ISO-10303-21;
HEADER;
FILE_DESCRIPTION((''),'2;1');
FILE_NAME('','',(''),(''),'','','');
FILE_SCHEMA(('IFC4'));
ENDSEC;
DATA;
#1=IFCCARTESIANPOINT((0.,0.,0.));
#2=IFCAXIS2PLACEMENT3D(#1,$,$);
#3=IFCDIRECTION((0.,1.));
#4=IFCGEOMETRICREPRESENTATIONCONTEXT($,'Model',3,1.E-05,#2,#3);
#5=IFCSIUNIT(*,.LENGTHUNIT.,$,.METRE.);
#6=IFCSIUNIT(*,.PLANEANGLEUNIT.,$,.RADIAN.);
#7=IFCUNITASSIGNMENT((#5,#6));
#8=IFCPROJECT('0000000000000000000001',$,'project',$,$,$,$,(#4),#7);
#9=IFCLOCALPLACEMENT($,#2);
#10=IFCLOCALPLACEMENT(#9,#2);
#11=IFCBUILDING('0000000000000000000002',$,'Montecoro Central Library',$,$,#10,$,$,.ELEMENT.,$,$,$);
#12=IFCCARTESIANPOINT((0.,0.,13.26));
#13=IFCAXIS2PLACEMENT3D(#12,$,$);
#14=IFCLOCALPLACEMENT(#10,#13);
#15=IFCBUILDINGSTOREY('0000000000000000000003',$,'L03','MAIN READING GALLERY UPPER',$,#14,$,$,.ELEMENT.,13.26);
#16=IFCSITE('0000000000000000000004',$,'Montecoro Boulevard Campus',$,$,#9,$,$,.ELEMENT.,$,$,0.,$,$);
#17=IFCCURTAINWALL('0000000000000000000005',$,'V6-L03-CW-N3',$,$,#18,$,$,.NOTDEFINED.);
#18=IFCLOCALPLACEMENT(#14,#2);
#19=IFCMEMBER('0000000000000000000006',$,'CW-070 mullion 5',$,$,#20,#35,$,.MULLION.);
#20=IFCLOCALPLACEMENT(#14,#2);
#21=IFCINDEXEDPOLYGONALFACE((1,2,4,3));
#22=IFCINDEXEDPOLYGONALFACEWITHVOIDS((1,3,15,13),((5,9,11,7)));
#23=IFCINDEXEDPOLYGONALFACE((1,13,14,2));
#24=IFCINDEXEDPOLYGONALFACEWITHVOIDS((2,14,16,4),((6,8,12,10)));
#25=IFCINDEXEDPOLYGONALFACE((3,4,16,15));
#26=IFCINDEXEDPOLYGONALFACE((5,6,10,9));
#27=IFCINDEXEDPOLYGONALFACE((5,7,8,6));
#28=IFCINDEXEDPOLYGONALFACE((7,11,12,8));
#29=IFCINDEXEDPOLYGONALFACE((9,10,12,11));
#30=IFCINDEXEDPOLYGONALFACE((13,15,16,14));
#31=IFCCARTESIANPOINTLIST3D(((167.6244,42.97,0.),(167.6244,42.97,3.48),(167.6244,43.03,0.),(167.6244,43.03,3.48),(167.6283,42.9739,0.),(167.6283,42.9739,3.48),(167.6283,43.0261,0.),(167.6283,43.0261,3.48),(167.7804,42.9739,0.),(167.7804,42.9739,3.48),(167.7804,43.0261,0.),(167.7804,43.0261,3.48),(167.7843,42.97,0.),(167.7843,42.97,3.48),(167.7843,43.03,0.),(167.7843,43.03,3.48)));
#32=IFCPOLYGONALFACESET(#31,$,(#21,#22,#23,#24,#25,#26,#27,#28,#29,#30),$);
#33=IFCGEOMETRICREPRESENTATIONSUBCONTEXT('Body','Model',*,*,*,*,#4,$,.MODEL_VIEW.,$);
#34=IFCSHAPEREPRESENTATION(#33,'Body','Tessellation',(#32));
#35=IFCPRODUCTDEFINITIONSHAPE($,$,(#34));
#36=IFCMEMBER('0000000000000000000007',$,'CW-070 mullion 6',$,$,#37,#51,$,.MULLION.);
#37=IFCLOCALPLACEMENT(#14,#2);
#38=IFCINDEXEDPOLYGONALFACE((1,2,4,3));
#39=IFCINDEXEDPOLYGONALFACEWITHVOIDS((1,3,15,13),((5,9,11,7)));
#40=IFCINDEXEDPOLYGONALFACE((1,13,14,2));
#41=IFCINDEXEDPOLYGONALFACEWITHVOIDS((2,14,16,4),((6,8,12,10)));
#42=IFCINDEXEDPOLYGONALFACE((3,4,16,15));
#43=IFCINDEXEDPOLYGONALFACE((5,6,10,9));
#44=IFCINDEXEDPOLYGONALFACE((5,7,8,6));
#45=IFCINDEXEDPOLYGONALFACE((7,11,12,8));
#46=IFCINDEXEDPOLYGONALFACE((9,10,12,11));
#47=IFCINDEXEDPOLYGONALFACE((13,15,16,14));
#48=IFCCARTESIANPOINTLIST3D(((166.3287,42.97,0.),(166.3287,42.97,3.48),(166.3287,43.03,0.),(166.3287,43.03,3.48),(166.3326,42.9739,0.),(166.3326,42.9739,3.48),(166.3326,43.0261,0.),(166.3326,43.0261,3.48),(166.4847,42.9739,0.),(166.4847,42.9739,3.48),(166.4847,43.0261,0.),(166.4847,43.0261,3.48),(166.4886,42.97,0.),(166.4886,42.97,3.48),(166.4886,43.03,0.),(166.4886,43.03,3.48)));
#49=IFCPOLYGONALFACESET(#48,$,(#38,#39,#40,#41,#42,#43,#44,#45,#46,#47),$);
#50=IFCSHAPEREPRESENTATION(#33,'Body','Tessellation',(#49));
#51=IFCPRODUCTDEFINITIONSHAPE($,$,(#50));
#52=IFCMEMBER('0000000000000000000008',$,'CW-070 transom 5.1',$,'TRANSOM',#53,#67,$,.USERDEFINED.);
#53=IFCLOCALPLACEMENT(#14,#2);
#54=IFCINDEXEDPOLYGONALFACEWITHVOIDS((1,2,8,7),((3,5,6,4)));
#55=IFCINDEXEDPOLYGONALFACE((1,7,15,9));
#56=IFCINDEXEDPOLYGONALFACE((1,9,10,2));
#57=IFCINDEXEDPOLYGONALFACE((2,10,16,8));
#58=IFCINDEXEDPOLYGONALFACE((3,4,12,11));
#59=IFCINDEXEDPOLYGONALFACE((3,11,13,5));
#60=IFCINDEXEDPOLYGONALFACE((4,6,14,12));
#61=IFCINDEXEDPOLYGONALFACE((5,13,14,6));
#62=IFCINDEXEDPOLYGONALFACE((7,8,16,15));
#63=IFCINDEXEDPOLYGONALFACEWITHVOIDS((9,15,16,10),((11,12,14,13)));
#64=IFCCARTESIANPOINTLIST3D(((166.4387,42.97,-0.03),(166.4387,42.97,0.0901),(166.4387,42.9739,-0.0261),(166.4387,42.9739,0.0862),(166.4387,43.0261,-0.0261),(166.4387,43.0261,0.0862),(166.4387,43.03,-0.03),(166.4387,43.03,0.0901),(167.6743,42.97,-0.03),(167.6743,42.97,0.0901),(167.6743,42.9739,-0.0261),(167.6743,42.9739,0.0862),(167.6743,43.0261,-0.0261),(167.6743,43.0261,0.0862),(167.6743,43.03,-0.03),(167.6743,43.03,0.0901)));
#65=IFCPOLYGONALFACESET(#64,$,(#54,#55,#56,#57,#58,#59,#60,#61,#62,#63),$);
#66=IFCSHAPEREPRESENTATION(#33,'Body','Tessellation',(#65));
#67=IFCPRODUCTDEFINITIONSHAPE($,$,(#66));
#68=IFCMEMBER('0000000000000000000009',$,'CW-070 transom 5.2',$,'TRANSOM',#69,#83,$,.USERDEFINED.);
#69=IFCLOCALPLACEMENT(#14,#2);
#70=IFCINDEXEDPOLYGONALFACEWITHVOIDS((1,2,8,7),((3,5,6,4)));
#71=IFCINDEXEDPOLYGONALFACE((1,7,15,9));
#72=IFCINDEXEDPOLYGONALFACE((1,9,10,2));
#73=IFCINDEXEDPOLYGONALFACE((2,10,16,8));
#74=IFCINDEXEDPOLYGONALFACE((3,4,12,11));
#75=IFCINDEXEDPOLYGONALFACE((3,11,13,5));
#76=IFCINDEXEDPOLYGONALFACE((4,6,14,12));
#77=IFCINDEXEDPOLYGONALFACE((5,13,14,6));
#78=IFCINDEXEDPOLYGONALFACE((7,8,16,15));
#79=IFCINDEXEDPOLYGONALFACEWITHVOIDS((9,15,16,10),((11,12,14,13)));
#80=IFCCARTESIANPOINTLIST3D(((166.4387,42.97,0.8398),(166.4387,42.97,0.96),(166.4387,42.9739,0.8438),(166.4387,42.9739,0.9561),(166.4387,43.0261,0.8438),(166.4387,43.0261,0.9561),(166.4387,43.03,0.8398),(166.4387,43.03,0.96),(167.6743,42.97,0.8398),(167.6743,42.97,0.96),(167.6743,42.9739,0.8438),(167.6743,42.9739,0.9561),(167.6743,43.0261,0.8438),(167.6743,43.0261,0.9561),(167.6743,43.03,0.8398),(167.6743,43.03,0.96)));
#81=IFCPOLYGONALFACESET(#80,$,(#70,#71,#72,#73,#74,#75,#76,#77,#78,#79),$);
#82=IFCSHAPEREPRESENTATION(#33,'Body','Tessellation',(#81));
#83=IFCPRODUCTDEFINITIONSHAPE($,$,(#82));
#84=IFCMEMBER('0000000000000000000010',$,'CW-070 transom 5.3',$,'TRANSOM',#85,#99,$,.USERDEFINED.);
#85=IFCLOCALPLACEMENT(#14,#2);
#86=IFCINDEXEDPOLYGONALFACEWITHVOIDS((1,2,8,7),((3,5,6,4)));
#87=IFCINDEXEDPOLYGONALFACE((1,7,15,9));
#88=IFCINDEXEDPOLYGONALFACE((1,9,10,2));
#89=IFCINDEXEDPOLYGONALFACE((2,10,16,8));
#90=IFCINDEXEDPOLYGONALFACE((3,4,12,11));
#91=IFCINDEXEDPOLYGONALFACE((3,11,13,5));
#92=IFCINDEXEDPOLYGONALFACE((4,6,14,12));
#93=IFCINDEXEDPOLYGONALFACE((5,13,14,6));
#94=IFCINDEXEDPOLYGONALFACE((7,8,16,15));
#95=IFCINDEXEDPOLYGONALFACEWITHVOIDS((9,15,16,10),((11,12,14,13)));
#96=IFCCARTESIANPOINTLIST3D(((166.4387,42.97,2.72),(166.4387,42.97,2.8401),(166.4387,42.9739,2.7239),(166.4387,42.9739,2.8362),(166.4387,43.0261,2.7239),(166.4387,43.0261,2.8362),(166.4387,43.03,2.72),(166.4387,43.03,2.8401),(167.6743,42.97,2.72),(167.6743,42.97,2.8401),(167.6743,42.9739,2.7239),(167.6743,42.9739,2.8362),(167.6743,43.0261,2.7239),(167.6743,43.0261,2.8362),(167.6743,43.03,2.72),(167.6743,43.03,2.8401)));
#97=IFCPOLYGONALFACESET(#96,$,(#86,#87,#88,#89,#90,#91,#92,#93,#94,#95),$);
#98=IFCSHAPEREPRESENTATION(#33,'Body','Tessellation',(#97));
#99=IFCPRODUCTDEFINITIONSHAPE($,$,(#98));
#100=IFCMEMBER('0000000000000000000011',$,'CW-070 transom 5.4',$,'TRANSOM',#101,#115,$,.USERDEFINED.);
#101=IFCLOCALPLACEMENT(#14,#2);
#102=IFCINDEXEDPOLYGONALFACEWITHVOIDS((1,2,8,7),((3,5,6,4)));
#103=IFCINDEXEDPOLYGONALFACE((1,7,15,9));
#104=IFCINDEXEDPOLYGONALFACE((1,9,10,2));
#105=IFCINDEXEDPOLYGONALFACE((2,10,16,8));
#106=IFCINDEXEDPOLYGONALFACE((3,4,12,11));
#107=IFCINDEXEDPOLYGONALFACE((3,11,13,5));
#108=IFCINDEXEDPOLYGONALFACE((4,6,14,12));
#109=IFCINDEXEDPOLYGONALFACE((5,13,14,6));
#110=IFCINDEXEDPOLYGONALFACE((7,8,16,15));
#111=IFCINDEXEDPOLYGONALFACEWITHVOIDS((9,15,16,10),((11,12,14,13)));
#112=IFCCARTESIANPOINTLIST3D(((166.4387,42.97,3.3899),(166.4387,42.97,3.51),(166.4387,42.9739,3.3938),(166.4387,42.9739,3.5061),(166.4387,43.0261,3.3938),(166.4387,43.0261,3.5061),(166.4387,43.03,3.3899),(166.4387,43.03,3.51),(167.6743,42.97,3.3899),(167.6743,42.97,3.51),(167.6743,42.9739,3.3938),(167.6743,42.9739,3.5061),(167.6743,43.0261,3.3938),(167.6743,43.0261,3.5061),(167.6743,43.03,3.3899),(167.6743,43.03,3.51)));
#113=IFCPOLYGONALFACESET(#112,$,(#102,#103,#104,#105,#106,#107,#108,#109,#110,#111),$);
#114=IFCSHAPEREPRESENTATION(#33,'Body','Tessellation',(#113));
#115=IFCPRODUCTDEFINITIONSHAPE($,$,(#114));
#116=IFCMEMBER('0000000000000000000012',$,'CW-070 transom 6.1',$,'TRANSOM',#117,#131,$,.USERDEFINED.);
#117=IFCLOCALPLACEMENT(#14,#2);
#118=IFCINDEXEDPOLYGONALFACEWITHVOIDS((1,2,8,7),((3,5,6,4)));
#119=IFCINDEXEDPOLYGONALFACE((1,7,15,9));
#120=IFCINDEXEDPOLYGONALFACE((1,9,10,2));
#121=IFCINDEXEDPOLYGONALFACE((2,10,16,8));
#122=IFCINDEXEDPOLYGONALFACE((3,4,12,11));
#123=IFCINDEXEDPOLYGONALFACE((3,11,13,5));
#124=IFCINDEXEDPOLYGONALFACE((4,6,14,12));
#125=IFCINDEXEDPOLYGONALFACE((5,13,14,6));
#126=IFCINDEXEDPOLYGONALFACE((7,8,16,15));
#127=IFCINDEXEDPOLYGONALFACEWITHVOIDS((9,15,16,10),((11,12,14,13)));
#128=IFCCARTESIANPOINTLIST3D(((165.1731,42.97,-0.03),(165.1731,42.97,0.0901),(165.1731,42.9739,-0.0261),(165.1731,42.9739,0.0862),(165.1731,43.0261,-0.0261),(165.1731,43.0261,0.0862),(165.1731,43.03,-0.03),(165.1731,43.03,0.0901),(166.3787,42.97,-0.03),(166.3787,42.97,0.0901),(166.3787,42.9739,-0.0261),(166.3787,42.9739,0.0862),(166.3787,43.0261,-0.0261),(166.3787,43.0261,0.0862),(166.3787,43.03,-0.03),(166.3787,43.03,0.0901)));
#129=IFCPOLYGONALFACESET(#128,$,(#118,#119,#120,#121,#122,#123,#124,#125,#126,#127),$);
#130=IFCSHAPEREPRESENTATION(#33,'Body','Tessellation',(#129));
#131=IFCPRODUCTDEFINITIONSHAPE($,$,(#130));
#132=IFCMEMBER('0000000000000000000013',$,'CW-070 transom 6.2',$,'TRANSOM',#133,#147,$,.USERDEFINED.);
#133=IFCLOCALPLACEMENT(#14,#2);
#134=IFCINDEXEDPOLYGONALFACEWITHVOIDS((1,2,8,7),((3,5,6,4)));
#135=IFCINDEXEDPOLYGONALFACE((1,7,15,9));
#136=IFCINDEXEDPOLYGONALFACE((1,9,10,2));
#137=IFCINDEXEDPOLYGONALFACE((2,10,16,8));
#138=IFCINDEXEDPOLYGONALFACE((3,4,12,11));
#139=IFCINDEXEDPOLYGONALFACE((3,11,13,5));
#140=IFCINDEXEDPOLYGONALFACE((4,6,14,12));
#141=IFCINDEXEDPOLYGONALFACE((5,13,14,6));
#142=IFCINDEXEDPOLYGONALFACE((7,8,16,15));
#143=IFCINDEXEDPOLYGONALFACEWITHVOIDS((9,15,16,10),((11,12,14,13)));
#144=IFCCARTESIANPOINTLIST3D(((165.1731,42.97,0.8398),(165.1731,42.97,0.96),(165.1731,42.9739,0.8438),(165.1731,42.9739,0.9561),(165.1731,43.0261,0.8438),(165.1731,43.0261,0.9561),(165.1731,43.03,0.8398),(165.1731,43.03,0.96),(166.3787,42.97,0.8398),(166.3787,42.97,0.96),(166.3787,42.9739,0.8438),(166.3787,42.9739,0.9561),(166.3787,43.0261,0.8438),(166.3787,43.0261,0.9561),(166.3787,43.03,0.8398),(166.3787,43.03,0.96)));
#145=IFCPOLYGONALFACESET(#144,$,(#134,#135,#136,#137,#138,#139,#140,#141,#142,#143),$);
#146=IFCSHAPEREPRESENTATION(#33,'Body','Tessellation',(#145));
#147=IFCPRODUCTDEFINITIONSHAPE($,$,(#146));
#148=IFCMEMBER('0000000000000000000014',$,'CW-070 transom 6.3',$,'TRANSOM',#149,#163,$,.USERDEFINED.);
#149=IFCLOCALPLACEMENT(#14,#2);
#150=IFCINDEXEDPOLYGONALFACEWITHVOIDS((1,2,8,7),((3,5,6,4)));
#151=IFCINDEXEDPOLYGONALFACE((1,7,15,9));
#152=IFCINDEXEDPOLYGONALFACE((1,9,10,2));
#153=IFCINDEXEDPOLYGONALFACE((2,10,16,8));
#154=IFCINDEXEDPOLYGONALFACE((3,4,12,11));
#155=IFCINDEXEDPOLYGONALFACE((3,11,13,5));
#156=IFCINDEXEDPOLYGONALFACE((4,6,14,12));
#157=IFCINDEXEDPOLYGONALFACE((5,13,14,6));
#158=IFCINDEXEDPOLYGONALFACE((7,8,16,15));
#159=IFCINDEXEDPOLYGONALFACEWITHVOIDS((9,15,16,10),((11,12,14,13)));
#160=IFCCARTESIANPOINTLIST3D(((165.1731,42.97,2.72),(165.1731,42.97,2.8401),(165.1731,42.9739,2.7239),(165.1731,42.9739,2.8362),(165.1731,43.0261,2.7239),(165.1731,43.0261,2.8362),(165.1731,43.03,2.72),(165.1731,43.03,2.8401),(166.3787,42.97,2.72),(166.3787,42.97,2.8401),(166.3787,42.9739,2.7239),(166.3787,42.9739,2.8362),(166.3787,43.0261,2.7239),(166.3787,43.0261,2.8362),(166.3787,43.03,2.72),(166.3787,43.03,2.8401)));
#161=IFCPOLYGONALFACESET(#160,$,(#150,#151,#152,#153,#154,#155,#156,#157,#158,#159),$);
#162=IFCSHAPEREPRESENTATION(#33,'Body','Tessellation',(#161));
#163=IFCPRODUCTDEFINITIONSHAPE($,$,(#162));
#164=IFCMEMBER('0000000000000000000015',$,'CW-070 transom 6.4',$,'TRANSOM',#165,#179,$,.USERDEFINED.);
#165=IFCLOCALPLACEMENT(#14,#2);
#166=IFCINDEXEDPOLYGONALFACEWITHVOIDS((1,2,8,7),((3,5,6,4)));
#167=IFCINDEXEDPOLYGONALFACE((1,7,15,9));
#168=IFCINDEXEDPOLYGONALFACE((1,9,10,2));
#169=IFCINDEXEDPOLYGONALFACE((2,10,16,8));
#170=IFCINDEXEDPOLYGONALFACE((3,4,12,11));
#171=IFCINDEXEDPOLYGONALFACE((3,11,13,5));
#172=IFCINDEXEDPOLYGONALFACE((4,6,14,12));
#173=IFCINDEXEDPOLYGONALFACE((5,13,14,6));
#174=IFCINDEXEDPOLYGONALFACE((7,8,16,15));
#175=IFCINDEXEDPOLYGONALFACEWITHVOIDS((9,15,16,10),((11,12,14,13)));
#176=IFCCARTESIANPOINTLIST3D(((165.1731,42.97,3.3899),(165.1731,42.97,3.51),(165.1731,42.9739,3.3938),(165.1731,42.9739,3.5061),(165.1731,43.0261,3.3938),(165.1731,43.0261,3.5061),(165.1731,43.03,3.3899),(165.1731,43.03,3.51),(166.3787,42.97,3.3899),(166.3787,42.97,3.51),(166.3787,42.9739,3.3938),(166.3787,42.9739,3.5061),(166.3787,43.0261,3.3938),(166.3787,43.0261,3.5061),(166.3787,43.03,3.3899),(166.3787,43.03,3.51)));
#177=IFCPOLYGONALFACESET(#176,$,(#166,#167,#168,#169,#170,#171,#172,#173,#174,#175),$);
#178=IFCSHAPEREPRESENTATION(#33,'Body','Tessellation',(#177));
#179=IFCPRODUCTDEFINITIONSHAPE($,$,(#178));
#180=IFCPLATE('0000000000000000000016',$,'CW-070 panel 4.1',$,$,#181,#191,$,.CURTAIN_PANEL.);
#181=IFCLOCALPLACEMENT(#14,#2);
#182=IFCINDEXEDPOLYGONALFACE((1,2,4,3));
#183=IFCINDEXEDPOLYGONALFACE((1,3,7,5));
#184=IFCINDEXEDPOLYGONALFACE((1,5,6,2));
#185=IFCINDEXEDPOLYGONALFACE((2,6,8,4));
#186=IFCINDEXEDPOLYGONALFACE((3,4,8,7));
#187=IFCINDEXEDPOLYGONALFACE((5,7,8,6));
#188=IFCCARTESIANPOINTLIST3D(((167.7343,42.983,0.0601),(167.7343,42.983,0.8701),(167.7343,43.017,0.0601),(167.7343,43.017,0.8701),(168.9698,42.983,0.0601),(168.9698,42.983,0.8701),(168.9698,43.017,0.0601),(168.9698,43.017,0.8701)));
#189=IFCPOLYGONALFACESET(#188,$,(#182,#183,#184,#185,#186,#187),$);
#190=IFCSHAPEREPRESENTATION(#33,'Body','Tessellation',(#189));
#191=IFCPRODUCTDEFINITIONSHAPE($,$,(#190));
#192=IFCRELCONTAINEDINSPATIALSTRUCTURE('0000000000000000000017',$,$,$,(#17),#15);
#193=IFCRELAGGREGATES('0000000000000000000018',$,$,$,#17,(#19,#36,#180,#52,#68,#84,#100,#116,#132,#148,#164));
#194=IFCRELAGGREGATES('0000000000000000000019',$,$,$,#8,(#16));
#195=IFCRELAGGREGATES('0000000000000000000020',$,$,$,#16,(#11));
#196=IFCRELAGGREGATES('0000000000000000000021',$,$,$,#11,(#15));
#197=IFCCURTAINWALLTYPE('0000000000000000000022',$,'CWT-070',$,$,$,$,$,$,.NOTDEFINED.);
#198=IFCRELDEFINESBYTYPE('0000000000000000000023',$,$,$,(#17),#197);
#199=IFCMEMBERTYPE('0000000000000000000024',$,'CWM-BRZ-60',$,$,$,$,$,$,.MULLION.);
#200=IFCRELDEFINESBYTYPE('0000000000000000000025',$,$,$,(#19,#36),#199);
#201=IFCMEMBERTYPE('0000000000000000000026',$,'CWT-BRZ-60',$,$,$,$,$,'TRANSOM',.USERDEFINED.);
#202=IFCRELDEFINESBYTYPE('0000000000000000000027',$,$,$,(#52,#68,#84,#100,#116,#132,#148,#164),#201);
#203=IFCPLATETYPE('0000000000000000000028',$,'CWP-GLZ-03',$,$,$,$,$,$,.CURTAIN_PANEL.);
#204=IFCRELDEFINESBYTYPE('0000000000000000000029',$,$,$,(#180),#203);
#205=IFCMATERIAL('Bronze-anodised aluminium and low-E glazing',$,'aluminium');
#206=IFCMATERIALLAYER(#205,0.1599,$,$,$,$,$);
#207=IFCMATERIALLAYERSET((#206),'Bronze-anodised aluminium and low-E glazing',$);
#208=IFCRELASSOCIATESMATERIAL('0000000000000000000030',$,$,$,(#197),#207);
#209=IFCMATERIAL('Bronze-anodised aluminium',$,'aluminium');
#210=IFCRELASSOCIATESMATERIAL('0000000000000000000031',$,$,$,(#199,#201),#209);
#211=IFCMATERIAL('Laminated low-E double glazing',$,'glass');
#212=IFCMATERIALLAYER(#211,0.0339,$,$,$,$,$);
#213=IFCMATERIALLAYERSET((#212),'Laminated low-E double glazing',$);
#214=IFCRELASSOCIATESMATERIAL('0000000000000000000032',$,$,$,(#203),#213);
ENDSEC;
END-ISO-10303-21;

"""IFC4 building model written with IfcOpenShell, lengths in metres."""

from ifc_helpers import new_model, si_unit, direction, frame, origin, origin_2d, place, context, subcontext, project, spatial, rectangle, hollow_rectangle, extrude, material, layer, layer_set, material_profile, profile_set, type_object, element, aggregate, save


model = new_model("IFC4")

# Units and contexts
model_context = context("Model", 3, precision=1e-05, world=origin(), true_north=direction((0.0, 1.0)))
body_context = subcontext(model_context, "Body", "Model", "MODEL_VIEW")
ifc_project = project(units=[si_unit("LENGTHUNIT", "METRE"), si_unit("PLANEANGLEUNIT", "RADIAN")], contexts=[model_context])

# Site, building, storey
site_placement = place(None, origin())
site = spatial("IfcSite", under=ifc_project, at=site_placement, Name="Montecoro Boulevard Campus", CompositionType="ELEMENT", RefElevation=0.0)
building_placement = place(site_placement, origin())
building = spatial("IfcBuilding", under=site, at=building_placement, Name="Montecoro Central Library", CompositionType="ELEMENT")
storey_placement = place(building_placement, frame((0.0, 0.0, 13.26)))
storey = spatial("IfcBuildingStorey", under=building, at=storey_placement, Name="L03", Description="MAIN READING GALLERY UPPER", CompositionType="ELEMENT", Elevation=13.26)

# Curtain wall, members, plate
ifc_material_1 = material(Name="Bronze-anodised aluminium and low-E glazing", Category="aluminium")
ifc_layer_1 = layer(ifc_material_1, 0.1599)
ifc_layer_set_1 = layer_set([ifc_layer_1], Name="Bronze-anodised aluminium and low-E glazing")
curtain_wall_type = type_object("IfcCurtainWallType", Name="CWT-070", PredefinedType="NOTDEFINED", material=ifc_layer_set_1)
curtain_wall_placement = place(storey_placement, origin())
curtain_wall = element("IfcCurtainWall", 1, at=curtain_wall_placement, inside=storey, type_object=curtain_wall_type, Name="V6-L03-CW-N3", PredefinedType="NOTDEFINED")
ifc_material_2 = material(Name="Bronze-anodised aluminium", Category="aluminium")
ifc_material_profile_1 = material_profile(ifc_material_2, hollow_rectangle(XDim=0.0601, YDim=0.1599, WallThickness=0.0039, at=origin_2d()), Name="CWM 160x60x4.0")
ifc_profile_set_1 = profile_set([ifc_material_profile_1], Name="Bronze-anodised aluminium")
member_type_1 = type_object("IfcMemberType", Name="CWM-BRZ-60", PredefinedType="MULLION", material=ifc_profile_set_1)
member_1_placement = place(storey_placement, frame((167.7043, 43.0, 0.0), z_axis=(0.0, 0.0, 1.0), x_axis=(0.0, -1.0, 0.0)))
member_1 = element("IfcMember", 2, at=member_1_placement, type_object=member_type_1, Name="CW-070 mullion 5", PredefinedType="MULLION", context=body_context, shape_type="SweptSolid", body=[
    extrude(hollow_rectangle(XDim=0.0601, YDim=0.1599, WallThickness=0.0039, at=origin_2d()), origin(), (0.0, 0.0, 1.0), 3.48),
])
member_2_placement = place(storey_placement, frame((166.4087, 43.0, 0.0), z_axis=(0.0, 0.0, 1.0), x_axis=(0.0, -1.0, 0.0)))
member_2 = element("IfcMember", 3, at=member_2_placement, type_object=member_type_1, Name="CW-070 mullion 6", PredefinedType="MULLION", context=body_context, shape_type="SweptSolid", body=[
    extrude(hollow_rectangle(XDim=0.0601, YDim=0.1599, WallThickness=0.0039, at=origin_2d()), origin(), (0.0, 0.0, 1.0), 3.48),
])
ifc_material_profile_2 = material_profile(ifc_material_2, hollow_rectangle(XDim=0.0601, YDim=0.1201, WallThickness=0.0039, at=origin_2d()), Name="CWT 120x60x4.0")
ifc_profile_set_2 = profile_set([ifc_material_profile_2], Name="Bronze-anodised aluminium")
member_type_2 = type_object("IfcMemberType", Name="CWT-BRZ-60", ElementType="TRANSOM", PredefinedType="USERDEFINED", material=ifc_profile_set_2)
member_3_placement = place(storey_placement, frame((167.6743, 43.0, 0.03), z_axis=(-1.0, 0.0, 0.0), x_axis=(0.0, -1.0, 0.0)))
member_3 = element("IfcMember", 4, at=member_3_placement, type_object=member_type_2, Name="CW-070 transom 5.1", ObjectType="TRANSOM", PredefinedType="USERDEFINED", context=body_context, shape_type="SweptSolid", body=[
    extrude(hollow_rectangle(XDim=0.0601, YDim=0.1201, WallThickness=0.0039, at=origin_2d()), origin(), (0.0, 0.0, 1.0), 1.2356),
])
member_4_placement = place(storey_placement, frame((167.6743, 43.0, 0.8999), z_axis=(-1.0, 0.0, 0.0), x_axis=(0.0, -1.0, 0.0)))
member_4 = element("IfcMember", 5, at=member_4_placement, type_object=member_type_2, Name="CW-070 transom 5.2", ObjectType="TRANSOM", PredefinedType="USERDEFINED", context=body_context, shape_type="SweptSolid", body=[
    extrude(hollow_rectangle(XDim=0.0601, YDim=0.1201, WallThickness=0.0039, at=origin_2d()), origin(), (0.0, 0.0, 1.0), 1.2356),
])
member_5_placement = place(storey_placement, frame((167.6743, 43.0, 2.78), z_axis=(-1.0, 0.0, 0.0), x_axis=(0.0, -1.0, 0.0)))
member_5 = element("IfcMember", 6, at=member_5_placement, type_object=member_type_2, Name="CW-070 transom 5.3", ObjectType="TRANSOM", PredefinedType="USERDEFINED", context=body_context, shape_type="SweptSolid", body=[
    extrude(hollow_rectangle(XDim=0.0601, YDim=0.1201, WallThickness=0.0039, at=origin_2d()), origin(), (0.0, 0.0, 1.0), 1.2356),
])
member_6_placement = place(storey_placement, frame((167.6743, 43.0, 3.45), z_axis=(-1.0, 0.0, 0.0), x_axis=(0.0, -1.0, 0.0)))
member_6 = element("IfcMember", 7, at=member_6_placement, type_object=member_type_2, Name="CW-070 transom 5.4", ObjectType="TRANSOM", PredefinedType="USERDEFINED", context=body_context, shape_type="SweptSolid", body=[
    extrude(hollow_rectangle(XDim=0.0601, YDim=0.1201, WallThickness=0.0039, at=origin_2d()), origin(), (0.0, 0.0, 1.0), 1.2356),
])
member_7_placement = place(storey_placement, frame((166.3787, 43.0, 0.03), z_axis=(-1.0, 0.0, 0.0), x_axis=(0.0, -1.0, 0.0)))
member_7 = element("IfcMember", 8, at=member_7_placement, type_object=member_type_2, Name="CW-070 transom 6.1", ObjectType="TRANSOM", PredefinedType="USERDEFINED", context=body_context, shape_type="SweptSolid", body=[
    extrude(hollow_rectangle(XDim=0.0601, YDim=0.1201, WallThickness=0.0039, at=origin_2d()), origin(), (0.0, 0.0, 1.0), 1.2056),
])
member_8_placement = place(storey_placement, frame((166.3787, 43.0, 0.8999), z_axis=(-1.0, 0.0, 0.0), x_axis=(0.0, -1.0, 0.0)))
member_8 = element("IfcMember", 9, at=member_8_placement, type_object=member_type_2, Name="CW-070 transom 6.2", ObjectType="TRANSOM", PredefinedType="USERDEFINED", context=body_context, shape_type="SweptSolid", body=[
    extrude(hollow_rectangle(XDim=0.0601, YDim=0.1201, WallThickness=0.0039, at=origin_2d()), origin(), (0.0, 0.0, 1.0), 1.2056),
])
member_9_placement = place(storey_placement, frame((166.3787, 43.0, 2.78), z_axis=(-1.0, 0.0, 0.0), x_axis=(0.0, -1.0, 0.0)))
member_9 = element("IfcMember", 10, at=member_9_placement, type_object=member_type_2, Name="CW-070 transom 6.3", ObjectType="TRANSOM", PredefinedType="USERDEFINED", context=body_context, shape_type="SweptSolid", body=[
    extrude(hollow_rectangle(XDim=0.0601, YDim=0.1201, WallThickness=0.0039, at=origin_2d()), origin(), (0.0, 0.0, 1.0), 1.2056),
])
member_10_placement = place(storey_placement, frame((166.3787, 43.0, 3.45), z_axis=(-1.0, 0.0, 0.0), x_axis=(0.0, -1.0, 0.0)))
member_10 = element("IfcMember", 11, at=member_10_placement, type_object=member_type_2, Name="CW-070 transom 6.4", ObjectType="TRANSOM", PredefinedType="USERDEFINED", context=body_context, shape_type="SweptSolid", body=[
    extrude(hollow_rectangle(XDim=0.0601, YDim=0.1201, WallThickness=0.0039, at=origin_2d()), origin(), (0.0, 0.0, 1.0), 1.2056),
])
ifc_material_3 = material(Name="Laminated low-E double glazing", Category="glass")
ifc_layer_2 = layer(ifc_material_3, 0.0339)
ifc_layer_set_2 = layer_set([ifc_layer_2], Name="Laminated low-E double glazing")
plate_type = type_object("IfcPlateType", Name="CWP-GLZ-03", PredefinedType="CURTAIN_PANEL", material=ifc_layer_set_2)
plate_1_placement = place(storey_placement, frame((168.3521, 43.0, 0.0601), z_axis=(0.0, 0.0, 1.0), x_axis=(-1.0, 0.0, 0.0)))
plate_1 = element("IfcPlate", 12, at=plate_1_placement, type_object=plate_type, Name="CW-070 panel 4.1", PredefinedType="CURTAIN_PANEL", context=body_context, shape_type="SweptSolid", body=[
    extrude(rectangle(XDim=1.2356, YDim=0.0339, at=origin_2d()), origin(), (0.0, 0.0, 1.0), 0.8101),
])
aggregate(curtain_wall, [member_1, member_2, plate_1, member_3, member_4, member_5, member_6, member_7, member_8, member_9, member_10])

save(model, "model.ifc")
